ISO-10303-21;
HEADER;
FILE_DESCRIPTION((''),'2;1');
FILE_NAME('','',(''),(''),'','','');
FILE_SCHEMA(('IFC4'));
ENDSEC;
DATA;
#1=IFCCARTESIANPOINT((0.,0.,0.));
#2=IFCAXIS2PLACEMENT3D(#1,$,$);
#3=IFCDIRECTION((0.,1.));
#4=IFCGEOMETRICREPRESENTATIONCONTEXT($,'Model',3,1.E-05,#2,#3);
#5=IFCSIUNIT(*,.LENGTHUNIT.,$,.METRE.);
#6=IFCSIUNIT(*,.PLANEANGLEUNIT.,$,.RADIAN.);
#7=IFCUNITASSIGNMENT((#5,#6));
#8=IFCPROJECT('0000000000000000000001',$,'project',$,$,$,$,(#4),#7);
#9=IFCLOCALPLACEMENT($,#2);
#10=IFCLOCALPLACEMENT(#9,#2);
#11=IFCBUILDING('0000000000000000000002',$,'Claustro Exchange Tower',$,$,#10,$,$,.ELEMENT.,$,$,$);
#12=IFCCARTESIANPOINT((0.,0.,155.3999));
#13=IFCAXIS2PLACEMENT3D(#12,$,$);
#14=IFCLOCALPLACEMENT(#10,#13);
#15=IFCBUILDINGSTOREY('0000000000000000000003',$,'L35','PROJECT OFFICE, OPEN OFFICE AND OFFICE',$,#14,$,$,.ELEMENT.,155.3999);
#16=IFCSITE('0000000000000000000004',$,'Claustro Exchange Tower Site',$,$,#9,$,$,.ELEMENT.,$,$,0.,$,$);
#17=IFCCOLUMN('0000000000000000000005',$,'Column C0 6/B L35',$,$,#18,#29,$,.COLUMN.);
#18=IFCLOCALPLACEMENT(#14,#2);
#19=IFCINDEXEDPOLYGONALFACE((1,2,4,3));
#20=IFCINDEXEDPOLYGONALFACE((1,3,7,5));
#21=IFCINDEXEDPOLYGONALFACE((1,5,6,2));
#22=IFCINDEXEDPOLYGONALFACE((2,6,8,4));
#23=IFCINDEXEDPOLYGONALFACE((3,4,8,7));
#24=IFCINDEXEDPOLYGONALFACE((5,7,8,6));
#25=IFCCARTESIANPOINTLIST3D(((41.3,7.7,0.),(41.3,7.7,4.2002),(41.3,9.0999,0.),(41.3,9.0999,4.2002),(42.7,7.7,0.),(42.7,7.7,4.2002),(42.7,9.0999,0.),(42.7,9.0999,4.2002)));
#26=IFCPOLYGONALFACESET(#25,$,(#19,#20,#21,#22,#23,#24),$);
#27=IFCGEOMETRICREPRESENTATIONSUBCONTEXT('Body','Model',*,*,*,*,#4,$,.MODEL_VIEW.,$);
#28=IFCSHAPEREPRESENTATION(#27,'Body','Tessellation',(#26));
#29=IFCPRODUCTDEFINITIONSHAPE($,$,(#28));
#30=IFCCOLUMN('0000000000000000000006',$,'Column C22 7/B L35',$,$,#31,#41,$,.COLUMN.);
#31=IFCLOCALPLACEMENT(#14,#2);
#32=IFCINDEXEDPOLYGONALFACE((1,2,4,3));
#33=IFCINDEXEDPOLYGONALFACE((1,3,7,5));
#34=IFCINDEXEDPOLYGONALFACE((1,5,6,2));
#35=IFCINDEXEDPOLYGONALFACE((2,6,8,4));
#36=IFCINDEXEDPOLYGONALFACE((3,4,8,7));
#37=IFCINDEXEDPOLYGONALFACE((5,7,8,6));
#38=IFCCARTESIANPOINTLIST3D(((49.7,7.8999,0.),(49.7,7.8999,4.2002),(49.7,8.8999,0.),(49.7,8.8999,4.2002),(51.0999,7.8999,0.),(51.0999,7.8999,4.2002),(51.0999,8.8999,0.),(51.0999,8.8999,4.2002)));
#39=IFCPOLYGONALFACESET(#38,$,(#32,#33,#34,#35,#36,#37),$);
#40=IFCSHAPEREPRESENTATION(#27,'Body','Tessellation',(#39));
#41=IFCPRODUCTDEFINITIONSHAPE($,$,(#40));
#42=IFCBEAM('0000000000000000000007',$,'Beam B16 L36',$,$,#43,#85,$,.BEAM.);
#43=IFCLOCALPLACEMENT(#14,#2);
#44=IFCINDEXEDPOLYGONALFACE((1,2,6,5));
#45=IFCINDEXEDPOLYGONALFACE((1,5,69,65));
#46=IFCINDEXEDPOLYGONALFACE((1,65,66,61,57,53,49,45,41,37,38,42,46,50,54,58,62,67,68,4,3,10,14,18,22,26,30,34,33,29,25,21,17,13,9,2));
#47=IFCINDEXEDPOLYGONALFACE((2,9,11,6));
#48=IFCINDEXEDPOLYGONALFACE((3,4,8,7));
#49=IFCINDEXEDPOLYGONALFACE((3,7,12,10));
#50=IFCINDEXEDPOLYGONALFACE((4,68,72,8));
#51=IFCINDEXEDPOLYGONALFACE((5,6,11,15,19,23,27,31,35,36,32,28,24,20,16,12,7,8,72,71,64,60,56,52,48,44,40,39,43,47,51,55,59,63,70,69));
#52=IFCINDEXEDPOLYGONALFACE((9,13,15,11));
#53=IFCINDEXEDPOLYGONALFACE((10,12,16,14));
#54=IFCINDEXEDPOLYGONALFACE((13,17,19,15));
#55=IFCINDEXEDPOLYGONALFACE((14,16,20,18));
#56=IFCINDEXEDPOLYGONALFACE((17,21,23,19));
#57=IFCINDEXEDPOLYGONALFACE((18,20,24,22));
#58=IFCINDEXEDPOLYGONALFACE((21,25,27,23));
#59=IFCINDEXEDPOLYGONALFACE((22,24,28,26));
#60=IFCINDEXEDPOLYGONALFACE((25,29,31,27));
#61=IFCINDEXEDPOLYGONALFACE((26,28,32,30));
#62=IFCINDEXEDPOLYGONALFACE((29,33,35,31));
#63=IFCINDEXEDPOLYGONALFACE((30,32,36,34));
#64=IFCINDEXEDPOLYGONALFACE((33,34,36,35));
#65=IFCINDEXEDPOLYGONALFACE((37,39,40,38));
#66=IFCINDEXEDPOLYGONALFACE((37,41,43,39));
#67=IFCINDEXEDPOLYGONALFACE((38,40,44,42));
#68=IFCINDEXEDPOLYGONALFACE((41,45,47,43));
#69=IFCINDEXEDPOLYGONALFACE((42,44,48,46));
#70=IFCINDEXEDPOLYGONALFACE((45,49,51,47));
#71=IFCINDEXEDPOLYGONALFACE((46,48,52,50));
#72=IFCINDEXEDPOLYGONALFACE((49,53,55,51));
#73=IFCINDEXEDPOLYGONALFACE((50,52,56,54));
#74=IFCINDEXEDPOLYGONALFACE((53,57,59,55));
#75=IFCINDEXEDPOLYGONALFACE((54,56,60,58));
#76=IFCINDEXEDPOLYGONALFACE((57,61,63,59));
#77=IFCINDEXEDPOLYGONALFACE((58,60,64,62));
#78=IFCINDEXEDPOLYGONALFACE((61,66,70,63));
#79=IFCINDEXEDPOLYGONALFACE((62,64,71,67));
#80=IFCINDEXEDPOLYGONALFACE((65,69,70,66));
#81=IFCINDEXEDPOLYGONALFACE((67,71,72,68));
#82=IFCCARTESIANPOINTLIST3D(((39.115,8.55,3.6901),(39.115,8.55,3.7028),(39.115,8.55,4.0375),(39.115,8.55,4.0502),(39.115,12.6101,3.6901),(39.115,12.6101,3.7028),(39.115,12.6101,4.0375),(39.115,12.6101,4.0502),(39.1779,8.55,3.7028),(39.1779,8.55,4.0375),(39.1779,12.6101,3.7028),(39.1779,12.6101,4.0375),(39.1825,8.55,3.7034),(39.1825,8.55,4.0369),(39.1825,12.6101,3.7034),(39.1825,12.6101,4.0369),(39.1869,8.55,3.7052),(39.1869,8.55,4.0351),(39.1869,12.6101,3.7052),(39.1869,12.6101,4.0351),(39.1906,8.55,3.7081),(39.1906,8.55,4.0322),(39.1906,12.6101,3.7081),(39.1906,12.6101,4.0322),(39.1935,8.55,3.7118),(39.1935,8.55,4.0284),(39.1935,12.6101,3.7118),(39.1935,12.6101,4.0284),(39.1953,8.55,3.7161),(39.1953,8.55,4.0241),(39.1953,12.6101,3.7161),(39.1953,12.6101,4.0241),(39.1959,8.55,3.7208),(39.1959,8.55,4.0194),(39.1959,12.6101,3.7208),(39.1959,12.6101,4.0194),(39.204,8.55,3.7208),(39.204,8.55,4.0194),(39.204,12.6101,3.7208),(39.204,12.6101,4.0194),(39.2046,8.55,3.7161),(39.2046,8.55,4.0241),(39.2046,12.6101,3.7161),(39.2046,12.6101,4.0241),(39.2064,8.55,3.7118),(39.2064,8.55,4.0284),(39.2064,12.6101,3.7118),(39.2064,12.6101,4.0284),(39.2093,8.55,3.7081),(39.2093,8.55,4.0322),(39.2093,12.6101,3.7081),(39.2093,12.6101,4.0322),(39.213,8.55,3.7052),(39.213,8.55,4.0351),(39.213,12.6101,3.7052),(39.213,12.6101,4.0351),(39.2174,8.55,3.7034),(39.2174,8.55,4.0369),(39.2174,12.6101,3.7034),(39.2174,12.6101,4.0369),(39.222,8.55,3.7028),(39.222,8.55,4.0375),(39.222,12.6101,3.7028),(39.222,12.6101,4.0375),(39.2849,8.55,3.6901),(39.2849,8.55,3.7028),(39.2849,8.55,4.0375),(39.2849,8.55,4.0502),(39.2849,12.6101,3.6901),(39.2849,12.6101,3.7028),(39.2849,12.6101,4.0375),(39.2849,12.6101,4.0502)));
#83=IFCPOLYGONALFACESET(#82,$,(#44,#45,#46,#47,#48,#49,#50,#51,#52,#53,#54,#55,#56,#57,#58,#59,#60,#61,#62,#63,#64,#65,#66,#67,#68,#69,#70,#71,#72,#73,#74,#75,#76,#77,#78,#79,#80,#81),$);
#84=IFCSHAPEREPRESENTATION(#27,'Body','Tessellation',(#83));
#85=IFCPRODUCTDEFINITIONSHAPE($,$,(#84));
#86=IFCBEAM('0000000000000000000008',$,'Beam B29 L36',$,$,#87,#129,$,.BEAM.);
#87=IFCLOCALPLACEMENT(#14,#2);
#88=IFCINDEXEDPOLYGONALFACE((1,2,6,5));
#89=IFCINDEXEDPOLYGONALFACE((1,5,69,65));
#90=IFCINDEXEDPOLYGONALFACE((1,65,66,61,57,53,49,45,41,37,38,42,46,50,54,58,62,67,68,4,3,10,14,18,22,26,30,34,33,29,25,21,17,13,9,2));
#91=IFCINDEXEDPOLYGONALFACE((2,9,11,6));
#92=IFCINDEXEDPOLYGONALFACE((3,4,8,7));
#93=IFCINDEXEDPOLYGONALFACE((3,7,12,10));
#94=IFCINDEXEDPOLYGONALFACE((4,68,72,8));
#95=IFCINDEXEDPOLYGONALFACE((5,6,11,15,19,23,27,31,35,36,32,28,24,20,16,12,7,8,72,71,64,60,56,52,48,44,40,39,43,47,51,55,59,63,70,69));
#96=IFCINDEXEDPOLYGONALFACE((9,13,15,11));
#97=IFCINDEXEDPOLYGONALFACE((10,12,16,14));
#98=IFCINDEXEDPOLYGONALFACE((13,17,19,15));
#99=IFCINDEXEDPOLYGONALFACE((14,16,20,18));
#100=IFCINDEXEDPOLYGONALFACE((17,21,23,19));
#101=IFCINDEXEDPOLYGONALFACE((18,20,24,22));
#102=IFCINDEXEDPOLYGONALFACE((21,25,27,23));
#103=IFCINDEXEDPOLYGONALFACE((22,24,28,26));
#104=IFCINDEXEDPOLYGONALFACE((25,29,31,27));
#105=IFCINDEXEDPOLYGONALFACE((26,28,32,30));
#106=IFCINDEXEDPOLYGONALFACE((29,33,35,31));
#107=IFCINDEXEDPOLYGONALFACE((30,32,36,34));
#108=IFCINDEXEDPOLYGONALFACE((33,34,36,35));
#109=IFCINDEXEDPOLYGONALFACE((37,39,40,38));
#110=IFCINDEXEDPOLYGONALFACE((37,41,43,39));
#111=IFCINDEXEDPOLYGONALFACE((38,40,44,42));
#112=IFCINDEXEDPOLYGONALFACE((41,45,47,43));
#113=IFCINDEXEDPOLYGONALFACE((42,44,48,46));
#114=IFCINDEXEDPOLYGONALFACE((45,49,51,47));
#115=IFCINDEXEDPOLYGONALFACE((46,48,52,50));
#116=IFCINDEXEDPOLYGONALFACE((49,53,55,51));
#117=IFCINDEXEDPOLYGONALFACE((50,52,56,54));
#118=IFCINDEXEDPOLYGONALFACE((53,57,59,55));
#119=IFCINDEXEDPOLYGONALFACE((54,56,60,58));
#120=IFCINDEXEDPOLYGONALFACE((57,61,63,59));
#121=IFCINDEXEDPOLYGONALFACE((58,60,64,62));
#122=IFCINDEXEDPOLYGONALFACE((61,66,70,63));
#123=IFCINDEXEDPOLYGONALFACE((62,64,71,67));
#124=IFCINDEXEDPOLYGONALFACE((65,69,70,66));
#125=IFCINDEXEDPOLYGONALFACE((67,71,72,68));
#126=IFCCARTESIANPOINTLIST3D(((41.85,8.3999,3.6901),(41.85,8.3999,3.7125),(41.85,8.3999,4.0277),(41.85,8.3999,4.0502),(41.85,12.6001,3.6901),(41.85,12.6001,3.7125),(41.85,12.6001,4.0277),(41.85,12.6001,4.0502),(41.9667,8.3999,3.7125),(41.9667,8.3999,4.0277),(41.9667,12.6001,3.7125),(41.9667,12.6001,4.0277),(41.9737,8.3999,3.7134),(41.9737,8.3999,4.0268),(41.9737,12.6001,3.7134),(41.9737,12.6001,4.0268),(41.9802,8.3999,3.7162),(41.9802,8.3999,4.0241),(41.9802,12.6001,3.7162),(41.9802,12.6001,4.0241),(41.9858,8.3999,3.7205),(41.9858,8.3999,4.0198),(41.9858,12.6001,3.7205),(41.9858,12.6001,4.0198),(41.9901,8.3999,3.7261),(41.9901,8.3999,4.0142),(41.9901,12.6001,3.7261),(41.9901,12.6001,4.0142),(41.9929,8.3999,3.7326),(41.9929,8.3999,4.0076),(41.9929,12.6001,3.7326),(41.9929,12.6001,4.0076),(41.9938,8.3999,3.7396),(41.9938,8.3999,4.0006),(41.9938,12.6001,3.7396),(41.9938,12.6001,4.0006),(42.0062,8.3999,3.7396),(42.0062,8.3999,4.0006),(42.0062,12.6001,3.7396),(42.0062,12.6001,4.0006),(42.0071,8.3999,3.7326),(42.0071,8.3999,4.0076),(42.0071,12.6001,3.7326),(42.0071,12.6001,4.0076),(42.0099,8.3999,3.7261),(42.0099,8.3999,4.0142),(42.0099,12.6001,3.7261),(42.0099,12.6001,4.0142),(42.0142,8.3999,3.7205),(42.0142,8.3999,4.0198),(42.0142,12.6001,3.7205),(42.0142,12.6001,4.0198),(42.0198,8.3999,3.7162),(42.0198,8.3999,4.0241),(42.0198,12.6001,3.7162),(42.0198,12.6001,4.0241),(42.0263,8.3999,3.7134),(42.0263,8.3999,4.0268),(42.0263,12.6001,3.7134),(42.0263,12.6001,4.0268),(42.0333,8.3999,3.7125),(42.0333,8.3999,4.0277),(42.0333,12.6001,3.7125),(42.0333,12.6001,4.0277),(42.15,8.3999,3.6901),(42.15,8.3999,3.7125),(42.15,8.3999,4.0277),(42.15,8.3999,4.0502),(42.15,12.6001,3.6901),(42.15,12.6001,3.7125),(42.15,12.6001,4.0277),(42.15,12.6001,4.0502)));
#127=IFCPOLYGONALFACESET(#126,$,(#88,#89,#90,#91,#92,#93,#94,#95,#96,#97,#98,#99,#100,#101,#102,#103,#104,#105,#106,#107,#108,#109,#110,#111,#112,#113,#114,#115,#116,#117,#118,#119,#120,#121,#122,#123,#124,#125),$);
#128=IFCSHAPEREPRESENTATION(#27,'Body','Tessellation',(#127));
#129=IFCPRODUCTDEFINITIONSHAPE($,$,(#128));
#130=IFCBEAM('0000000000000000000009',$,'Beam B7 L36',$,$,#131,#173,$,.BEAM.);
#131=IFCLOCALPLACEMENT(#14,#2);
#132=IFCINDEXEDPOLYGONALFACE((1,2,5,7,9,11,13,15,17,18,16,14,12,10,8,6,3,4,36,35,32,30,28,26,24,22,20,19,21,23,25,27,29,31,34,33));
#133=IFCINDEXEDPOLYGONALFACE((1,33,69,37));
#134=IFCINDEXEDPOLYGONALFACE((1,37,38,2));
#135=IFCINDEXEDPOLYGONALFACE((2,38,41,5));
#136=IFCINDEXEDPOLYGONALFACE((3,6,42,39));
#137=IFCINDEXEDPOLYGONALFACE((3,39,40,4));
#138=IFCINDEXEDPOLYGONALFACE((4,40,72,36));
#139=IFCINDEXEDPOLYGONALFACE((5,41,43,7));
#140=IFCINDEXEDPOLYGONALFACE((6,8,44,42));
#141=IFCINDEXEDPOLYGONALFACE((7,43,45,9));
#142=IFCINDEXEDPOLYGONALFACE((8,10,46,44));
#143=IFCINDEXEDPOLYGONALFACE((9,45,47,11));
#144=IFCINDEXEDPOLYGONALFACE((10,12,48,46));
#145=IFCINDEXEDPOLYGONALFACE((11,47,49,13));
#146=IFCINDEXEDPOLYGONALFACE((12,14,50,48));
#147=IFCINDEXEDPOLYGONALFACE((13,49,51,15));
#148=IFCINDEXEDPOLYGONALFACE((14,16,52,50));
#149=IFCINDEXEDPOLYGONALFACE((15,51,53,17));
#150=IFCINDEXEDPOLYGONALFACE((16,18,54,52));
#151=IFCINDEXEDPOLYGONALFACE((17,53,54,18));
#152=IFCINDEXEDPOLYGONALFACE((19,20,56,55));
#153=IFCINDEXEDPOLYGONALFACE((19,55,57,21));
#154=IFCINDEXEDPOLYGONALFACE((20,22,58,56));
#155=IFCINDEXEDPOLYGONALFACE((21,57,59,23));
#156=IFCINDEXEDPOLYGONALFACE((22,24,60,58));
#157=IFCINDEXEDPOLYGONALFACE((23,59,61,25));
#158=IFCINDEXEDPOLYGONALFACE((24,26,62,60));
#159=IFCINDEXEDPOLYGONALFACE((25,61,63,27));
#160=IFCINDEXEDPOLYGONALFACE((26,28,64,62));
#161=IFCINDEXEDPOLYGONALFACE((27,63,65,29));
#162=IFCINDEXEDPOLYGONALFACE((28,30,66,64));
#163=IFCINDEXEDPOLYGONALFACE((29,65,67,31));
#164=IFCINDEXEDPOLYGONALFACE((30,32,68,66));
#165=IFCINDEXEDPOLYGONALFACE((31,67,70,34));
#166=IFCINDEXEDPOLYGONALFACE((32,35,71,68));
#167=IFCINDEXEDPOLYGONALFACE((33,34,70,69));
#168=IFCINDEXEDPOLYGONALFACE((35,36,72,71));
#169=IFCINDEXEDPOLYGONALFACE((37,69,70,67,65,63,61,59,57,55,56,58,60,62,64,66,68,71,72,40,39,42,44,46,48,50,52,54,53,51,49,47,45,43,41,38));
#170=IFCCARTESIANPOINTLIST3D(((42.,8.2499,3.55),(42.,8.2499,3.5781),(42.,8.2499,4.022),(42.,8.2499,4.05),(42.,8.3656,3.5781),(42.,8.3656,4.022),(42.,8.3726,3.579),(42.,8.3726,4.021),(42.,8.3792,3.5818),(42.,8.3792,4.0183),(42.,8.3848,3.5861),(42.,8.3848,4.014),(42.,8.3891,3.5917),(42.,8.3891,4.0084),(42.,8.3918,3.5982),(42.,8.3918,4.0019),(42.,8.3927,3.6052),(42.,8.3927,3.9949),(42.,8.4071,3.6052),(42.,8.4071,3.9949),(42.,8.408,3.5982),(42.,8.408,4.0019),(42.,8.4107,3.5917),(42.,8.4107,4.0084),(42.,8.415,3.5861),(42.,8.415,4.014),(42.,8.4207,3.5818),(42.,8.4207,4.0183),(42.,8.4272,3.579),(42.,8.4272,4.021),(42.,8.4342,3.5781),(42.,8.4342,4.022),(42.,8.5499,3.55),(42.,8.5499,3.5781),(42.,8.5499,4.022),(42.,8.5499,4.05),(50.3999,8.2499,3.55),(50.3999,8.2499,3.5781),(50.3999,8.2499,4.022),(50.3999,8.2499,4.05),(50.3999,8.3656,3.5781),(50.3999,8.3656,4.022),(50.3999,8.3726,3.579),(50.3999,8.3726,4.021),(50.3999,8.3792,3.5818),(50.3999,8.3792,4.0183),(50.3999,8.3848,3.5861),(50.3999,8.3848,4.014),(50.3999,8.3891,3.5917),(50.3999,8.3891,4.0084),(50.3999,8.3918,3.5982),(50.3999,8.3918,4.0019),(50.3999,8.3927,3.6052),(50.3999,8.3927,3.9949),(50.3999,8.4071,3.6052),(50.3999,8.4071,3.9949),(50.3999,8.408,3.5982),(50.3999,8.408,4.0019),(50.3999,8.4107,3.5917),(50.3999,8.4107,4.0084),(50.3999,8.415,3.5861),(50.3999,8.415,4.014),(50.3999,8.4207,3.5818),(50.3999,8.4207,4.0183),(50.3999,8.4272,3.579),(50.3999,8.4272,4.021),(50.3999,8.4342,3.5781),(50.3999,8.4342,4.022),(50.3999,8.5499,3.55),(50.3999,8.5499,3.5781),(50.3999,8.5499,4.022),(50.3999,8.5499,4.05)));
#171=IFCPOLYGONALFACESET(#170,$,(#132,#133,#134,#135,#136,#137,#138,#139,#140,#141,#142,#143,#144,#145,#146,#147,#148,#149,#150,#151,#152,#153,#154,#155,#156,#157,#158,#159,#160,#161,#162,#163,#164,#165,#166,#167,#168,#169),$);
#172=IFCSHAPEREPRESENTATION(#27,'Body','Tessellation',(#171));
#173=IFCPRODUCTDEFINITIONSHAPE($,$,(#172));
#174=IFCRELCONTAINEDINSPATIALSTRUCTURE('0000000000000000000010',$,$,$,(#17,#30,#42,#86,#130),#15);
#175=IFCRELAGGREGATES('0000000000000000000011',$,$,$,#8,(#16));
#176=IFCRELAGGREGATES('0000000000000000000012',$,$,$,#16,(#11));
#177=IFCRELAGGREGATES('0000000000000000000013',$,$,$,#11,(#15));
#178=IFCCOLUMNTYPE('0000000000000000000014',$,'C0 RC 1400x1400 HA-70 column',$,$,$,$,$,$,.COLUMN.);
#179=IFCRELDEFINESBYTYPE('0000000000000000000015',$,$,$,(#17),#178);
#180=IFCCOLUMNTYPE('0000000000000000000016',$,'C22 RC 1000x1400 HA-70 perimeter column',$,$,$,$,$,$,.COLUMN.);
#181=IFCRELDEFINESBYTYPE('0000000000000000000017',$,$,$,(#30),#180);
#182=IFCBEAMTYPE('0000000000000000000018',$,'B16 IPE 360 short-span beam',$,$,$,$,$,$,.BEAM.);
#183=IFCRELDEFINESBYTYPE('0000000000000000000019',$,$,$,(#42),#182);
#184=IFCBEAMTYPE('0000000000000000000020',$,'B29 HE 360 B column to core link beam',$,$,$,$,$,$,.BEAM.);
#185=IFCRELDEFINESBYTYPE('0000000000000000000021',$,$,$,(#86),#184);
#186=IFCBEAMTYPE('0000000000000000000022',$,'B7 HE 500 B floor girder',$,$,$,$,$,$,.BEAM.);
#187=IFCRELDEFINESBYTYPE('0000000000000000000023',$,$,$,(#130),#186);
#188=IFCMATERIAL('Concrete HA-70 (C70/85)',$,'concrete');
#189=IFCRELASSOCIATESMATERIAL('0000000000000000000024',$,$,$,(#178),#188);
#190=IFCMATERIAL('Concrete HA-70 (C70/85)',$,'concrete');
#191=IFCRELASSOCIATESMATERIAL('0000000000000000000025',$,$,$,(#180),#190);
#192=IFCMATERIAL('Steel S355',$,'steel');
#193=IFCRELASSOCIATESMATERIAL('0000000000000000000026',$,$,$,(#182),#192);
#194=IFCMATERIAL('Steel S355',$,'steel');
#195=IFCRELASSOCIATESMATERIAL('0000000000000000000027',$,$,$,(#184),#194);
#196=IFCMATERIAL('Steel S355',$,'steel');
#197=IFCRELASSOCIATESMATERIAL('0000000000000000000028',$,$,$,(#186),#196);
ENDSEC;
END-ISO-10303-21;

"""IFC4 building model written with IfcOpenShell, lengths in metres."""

from ifc_helpers import new_model, si_unit, direction, frame, origin, origin_2d, place, context, subcontext, project, spatial, rectangle, i_section, extrude, material, material_profile, profile_set, type_object, element, save


model = new_model("IFC4")

# Units and contexts
model_context = context("Model", 3, precision=1e-05, world=origin(), true_north=direction((0.0, 1.0)))
body_context = subcontext(model_context, "Body", "Model", "MODEL_VIEW")
ifc_project = project(units=[si_unit("LENGTHUNIT", "METRE"), si_unit("PLANEANGLEUNIT", "RADIAN")], contexts=[model_context])

# Site, building, storey
site_placement = place(None, origin())
site = spatial("IfcSite", under=ifc_project, at=site_placement, Name="Claustro Exchange Tower Site", CompositionType="ELEMENT", RefElevation=0.0)
building_placement = place(site_placement, origin())
building = spatial("IfcBuilding", under=site, at=building_placement, Name="Claustro Exchange Tower", CompositionType="ELEMENT")
storey_placement = place(building_placement, frame((0.0, 0.0, 155.3999)))
storey = spatial("IfcBuildingStorey", under=building, at=storey_placement, Name="L35", Description="PROJECT OFFICE, OPEN OFFICE AND OFFICE", CompositionType="ELEMENT", Elevation=155.3999)

# Columns
ifc_material_1 = material(Name="Concrete HA-70 (C70/85)", Category="concrete")
ifc_material_profile_1 = material_profile(ifc_material_1, rectangle(XDim=1.3999, YDim=1.3999, at=origin_2d()), Name="RC 1400x1400")
ifc_profile_set_1 = profile_set([ifc_material_profile_1], Name="Concrete HA-70 (C70/85)")
column_type_1 = type_object("IfcColumnType", Name="C0 RC 1400x1400 HA-70 column", PredefinedType="COLUMN", material=ifc_profile_set_1)
column_1_placement = place(storey_placement, frame((42.0, 8.3999, 0.0), z_axis=(0.0, 0.0, 1.0), x_axis=(1.0, 0.0, 0.0)))
element("IfcColumn", 1, at=column_1_placement, inside=storey, type_object=column_type_1, Name="Column C0 6/B L35", PredefinedType="COLUMN", context=body_context, shape_type="SweptSolid", body=[
    extrude(rectangle(XDim=1.3999, YDim=1.3999, at=origin_2d()), origin(), (0.0, 0.0, 1.0), 4.2002),
])
ifc_material_2 = material(Name="Concrete HA-70 (C70/85)", Category="concrete")
ifc_material_profile_2 = material_profile(ifc_material_2, rectangle(XDim=1.0, YDim=1.3999, at=origin_2d()), Name="RC 1000x1400")
ifc_profile_set_2 = profile_set([ifc_material_profile_2], Name="Concrete HA-70 (C70/85)")
column_type_2 = type_object("IfcColumnType", Name="C22 RC 1000x1400 HA-70 perimeter column", PredefinedType="COLUMN", material=ifc_profile_set_2)
column_2_placement = place(storey_placement, frame((50.3999, 8.3999, 0.0), z_axis=(0.0, 0.0, 1.0), x_axis=(0.0, 1.0, 0.0)))
element("IfcColumn", 2, at=column_2_placement, inside=storey, type_object=column_type_2, Name="Column C22 7/B L35", PredefinedType="COLUMN", context=body_context, shape_type="SweptSolid", body=[
    extrude(rectangle(XDim=1.0, YDim=1.3999, at=origin_2d()), origin(), (0.0, 0.0, 1.0), 4.2002),
])

# Beams
ifc_material_3 = material(Name="Steel S355", Category="steel")
ifc_material_profile_3 = material_profile(ifc_material_3, i_section(OverallWidth=0.1699, OverallDepth=0.3601, WebThickness=0.0081, FlangeThickness=0.0127, FilletRadius=0.0181, at=origin_2d()), Name="IPE 360")
ifc_profile_set_3 = profile_set([ifc_material_profile_3], Name="Steel S355")
beam_type_1 = type_object("IfcBeamType", Name="B16 IPE 360 short-span beam", PredefinedType="BEAM", material=ifc_profile_set_3)
beam_1_placement = place(storey_placement, frame((39.2, 8.55, 3.8701), z_axis=(0.0, 1.0, 0.0), x_axis=(-1.0, 0.0, 0.0)))
element("IfcBeam", 3, at=beam_1_placement, inside=storey, type_object=beam_type_1, Name="Beam B16 L36", PredefinedType="BEAM", context=body_context, shape_type="SweptSolid", body=[
    extrude(i_section(OverallWidth=0.1699, OverallDepth=0.3601, WebThickness=0.0081, FlangeThickness=0.0127, FilletRadius=0.0181, at=origin_2d()), origin(), (0.0, 0.0, 1.0), 4.0601),
])
ifc_material_4 = material(Name="Steel S355", Category="steel")
ifc_material_profile_4 = material_profile(ifc_material_4, i_section(OverallWidth=0.3, OverallDepth=0.3601, WebThickness=0.0125, FlangeThickness=0.0225, FilletRadius=0.0271, at=origin_2d()), Name="HE 360 B")
ifc_profile_set_4 = profile_set([ifc_material_profile_4], Name="Steel S355")
beam_type_2 = type_object("IfcBeamType", Name="B29 HE 360 B column to core link beam", PredefinedType="BEAM", material=ifc_profile_set_4)
beam_2_placement = place(storey_placement, frame((42.0, 8.3999, 3.8701), z_axis=(0.0, 1.0, 0.0), x_axis=(-1.0, 0.0, 0.0)))
element("IfcBeam", 4, at=beam_2_placement, inside=storey, type_object=beam_type_2, Name="Beam B29 L36", PredefinedType="BEAM", context=body_context, shape_type="SweptSolid", body=[
    extrude(i_section(OverallWidth=0.3, OverallDepth=0.3601, WebThickness=0.0125, FlangeThickness=0.0225, FilletRadius=0.0271, at=origin_2d()), origin(), (0.0, 0.0, 1.0), 4.2002),
])
ifc_material_5 = material(Name="Steel S355", Category="steel")
ifc_material_profile_5 = material_profile(ifc_material_5, i_section(OverallWidth=0.3, OverallDepth=0.5, WebThickness=0.0144, FlangeThickness=0.0281, FilletRadius=0.0271, at=origin_2d()), Name="HE 500 B")
ifc_profile_set_5 = profile_set([ifc_material_profile_5], Name="Steel S355")
beam_type_3 = type_object("IfcBeamType", Name="B7 HE 500 B floor girder", PredefinedType="BEAM", material=ifc_profile_set_5)
beam_3_placement = place(storey_placement, frame((42.0, 8.3999, 3.8), z_axis=(1.0, 0.0, 0.0), x_axis=(0.0, 1.0, 0.0)))
element("IfcBeam", 5, at=beam_3_placement, inside=storey, type_object=beam_type_3, Name="Beam B7 L36", PredefinedType="BEAM", context=body_context, shape_type="SweptSolid", body=[
    extrude(i_section(OverallWidth=0.3, OverallDepth=0.5, WebThickness=0.0144, FlangeThickness=0.0281, FilletRadius=0.0271, at=origin_2d()), origin(), (0.0, 0.0, 1.0), 8.3999),
])

save(model, "model.ifc")
